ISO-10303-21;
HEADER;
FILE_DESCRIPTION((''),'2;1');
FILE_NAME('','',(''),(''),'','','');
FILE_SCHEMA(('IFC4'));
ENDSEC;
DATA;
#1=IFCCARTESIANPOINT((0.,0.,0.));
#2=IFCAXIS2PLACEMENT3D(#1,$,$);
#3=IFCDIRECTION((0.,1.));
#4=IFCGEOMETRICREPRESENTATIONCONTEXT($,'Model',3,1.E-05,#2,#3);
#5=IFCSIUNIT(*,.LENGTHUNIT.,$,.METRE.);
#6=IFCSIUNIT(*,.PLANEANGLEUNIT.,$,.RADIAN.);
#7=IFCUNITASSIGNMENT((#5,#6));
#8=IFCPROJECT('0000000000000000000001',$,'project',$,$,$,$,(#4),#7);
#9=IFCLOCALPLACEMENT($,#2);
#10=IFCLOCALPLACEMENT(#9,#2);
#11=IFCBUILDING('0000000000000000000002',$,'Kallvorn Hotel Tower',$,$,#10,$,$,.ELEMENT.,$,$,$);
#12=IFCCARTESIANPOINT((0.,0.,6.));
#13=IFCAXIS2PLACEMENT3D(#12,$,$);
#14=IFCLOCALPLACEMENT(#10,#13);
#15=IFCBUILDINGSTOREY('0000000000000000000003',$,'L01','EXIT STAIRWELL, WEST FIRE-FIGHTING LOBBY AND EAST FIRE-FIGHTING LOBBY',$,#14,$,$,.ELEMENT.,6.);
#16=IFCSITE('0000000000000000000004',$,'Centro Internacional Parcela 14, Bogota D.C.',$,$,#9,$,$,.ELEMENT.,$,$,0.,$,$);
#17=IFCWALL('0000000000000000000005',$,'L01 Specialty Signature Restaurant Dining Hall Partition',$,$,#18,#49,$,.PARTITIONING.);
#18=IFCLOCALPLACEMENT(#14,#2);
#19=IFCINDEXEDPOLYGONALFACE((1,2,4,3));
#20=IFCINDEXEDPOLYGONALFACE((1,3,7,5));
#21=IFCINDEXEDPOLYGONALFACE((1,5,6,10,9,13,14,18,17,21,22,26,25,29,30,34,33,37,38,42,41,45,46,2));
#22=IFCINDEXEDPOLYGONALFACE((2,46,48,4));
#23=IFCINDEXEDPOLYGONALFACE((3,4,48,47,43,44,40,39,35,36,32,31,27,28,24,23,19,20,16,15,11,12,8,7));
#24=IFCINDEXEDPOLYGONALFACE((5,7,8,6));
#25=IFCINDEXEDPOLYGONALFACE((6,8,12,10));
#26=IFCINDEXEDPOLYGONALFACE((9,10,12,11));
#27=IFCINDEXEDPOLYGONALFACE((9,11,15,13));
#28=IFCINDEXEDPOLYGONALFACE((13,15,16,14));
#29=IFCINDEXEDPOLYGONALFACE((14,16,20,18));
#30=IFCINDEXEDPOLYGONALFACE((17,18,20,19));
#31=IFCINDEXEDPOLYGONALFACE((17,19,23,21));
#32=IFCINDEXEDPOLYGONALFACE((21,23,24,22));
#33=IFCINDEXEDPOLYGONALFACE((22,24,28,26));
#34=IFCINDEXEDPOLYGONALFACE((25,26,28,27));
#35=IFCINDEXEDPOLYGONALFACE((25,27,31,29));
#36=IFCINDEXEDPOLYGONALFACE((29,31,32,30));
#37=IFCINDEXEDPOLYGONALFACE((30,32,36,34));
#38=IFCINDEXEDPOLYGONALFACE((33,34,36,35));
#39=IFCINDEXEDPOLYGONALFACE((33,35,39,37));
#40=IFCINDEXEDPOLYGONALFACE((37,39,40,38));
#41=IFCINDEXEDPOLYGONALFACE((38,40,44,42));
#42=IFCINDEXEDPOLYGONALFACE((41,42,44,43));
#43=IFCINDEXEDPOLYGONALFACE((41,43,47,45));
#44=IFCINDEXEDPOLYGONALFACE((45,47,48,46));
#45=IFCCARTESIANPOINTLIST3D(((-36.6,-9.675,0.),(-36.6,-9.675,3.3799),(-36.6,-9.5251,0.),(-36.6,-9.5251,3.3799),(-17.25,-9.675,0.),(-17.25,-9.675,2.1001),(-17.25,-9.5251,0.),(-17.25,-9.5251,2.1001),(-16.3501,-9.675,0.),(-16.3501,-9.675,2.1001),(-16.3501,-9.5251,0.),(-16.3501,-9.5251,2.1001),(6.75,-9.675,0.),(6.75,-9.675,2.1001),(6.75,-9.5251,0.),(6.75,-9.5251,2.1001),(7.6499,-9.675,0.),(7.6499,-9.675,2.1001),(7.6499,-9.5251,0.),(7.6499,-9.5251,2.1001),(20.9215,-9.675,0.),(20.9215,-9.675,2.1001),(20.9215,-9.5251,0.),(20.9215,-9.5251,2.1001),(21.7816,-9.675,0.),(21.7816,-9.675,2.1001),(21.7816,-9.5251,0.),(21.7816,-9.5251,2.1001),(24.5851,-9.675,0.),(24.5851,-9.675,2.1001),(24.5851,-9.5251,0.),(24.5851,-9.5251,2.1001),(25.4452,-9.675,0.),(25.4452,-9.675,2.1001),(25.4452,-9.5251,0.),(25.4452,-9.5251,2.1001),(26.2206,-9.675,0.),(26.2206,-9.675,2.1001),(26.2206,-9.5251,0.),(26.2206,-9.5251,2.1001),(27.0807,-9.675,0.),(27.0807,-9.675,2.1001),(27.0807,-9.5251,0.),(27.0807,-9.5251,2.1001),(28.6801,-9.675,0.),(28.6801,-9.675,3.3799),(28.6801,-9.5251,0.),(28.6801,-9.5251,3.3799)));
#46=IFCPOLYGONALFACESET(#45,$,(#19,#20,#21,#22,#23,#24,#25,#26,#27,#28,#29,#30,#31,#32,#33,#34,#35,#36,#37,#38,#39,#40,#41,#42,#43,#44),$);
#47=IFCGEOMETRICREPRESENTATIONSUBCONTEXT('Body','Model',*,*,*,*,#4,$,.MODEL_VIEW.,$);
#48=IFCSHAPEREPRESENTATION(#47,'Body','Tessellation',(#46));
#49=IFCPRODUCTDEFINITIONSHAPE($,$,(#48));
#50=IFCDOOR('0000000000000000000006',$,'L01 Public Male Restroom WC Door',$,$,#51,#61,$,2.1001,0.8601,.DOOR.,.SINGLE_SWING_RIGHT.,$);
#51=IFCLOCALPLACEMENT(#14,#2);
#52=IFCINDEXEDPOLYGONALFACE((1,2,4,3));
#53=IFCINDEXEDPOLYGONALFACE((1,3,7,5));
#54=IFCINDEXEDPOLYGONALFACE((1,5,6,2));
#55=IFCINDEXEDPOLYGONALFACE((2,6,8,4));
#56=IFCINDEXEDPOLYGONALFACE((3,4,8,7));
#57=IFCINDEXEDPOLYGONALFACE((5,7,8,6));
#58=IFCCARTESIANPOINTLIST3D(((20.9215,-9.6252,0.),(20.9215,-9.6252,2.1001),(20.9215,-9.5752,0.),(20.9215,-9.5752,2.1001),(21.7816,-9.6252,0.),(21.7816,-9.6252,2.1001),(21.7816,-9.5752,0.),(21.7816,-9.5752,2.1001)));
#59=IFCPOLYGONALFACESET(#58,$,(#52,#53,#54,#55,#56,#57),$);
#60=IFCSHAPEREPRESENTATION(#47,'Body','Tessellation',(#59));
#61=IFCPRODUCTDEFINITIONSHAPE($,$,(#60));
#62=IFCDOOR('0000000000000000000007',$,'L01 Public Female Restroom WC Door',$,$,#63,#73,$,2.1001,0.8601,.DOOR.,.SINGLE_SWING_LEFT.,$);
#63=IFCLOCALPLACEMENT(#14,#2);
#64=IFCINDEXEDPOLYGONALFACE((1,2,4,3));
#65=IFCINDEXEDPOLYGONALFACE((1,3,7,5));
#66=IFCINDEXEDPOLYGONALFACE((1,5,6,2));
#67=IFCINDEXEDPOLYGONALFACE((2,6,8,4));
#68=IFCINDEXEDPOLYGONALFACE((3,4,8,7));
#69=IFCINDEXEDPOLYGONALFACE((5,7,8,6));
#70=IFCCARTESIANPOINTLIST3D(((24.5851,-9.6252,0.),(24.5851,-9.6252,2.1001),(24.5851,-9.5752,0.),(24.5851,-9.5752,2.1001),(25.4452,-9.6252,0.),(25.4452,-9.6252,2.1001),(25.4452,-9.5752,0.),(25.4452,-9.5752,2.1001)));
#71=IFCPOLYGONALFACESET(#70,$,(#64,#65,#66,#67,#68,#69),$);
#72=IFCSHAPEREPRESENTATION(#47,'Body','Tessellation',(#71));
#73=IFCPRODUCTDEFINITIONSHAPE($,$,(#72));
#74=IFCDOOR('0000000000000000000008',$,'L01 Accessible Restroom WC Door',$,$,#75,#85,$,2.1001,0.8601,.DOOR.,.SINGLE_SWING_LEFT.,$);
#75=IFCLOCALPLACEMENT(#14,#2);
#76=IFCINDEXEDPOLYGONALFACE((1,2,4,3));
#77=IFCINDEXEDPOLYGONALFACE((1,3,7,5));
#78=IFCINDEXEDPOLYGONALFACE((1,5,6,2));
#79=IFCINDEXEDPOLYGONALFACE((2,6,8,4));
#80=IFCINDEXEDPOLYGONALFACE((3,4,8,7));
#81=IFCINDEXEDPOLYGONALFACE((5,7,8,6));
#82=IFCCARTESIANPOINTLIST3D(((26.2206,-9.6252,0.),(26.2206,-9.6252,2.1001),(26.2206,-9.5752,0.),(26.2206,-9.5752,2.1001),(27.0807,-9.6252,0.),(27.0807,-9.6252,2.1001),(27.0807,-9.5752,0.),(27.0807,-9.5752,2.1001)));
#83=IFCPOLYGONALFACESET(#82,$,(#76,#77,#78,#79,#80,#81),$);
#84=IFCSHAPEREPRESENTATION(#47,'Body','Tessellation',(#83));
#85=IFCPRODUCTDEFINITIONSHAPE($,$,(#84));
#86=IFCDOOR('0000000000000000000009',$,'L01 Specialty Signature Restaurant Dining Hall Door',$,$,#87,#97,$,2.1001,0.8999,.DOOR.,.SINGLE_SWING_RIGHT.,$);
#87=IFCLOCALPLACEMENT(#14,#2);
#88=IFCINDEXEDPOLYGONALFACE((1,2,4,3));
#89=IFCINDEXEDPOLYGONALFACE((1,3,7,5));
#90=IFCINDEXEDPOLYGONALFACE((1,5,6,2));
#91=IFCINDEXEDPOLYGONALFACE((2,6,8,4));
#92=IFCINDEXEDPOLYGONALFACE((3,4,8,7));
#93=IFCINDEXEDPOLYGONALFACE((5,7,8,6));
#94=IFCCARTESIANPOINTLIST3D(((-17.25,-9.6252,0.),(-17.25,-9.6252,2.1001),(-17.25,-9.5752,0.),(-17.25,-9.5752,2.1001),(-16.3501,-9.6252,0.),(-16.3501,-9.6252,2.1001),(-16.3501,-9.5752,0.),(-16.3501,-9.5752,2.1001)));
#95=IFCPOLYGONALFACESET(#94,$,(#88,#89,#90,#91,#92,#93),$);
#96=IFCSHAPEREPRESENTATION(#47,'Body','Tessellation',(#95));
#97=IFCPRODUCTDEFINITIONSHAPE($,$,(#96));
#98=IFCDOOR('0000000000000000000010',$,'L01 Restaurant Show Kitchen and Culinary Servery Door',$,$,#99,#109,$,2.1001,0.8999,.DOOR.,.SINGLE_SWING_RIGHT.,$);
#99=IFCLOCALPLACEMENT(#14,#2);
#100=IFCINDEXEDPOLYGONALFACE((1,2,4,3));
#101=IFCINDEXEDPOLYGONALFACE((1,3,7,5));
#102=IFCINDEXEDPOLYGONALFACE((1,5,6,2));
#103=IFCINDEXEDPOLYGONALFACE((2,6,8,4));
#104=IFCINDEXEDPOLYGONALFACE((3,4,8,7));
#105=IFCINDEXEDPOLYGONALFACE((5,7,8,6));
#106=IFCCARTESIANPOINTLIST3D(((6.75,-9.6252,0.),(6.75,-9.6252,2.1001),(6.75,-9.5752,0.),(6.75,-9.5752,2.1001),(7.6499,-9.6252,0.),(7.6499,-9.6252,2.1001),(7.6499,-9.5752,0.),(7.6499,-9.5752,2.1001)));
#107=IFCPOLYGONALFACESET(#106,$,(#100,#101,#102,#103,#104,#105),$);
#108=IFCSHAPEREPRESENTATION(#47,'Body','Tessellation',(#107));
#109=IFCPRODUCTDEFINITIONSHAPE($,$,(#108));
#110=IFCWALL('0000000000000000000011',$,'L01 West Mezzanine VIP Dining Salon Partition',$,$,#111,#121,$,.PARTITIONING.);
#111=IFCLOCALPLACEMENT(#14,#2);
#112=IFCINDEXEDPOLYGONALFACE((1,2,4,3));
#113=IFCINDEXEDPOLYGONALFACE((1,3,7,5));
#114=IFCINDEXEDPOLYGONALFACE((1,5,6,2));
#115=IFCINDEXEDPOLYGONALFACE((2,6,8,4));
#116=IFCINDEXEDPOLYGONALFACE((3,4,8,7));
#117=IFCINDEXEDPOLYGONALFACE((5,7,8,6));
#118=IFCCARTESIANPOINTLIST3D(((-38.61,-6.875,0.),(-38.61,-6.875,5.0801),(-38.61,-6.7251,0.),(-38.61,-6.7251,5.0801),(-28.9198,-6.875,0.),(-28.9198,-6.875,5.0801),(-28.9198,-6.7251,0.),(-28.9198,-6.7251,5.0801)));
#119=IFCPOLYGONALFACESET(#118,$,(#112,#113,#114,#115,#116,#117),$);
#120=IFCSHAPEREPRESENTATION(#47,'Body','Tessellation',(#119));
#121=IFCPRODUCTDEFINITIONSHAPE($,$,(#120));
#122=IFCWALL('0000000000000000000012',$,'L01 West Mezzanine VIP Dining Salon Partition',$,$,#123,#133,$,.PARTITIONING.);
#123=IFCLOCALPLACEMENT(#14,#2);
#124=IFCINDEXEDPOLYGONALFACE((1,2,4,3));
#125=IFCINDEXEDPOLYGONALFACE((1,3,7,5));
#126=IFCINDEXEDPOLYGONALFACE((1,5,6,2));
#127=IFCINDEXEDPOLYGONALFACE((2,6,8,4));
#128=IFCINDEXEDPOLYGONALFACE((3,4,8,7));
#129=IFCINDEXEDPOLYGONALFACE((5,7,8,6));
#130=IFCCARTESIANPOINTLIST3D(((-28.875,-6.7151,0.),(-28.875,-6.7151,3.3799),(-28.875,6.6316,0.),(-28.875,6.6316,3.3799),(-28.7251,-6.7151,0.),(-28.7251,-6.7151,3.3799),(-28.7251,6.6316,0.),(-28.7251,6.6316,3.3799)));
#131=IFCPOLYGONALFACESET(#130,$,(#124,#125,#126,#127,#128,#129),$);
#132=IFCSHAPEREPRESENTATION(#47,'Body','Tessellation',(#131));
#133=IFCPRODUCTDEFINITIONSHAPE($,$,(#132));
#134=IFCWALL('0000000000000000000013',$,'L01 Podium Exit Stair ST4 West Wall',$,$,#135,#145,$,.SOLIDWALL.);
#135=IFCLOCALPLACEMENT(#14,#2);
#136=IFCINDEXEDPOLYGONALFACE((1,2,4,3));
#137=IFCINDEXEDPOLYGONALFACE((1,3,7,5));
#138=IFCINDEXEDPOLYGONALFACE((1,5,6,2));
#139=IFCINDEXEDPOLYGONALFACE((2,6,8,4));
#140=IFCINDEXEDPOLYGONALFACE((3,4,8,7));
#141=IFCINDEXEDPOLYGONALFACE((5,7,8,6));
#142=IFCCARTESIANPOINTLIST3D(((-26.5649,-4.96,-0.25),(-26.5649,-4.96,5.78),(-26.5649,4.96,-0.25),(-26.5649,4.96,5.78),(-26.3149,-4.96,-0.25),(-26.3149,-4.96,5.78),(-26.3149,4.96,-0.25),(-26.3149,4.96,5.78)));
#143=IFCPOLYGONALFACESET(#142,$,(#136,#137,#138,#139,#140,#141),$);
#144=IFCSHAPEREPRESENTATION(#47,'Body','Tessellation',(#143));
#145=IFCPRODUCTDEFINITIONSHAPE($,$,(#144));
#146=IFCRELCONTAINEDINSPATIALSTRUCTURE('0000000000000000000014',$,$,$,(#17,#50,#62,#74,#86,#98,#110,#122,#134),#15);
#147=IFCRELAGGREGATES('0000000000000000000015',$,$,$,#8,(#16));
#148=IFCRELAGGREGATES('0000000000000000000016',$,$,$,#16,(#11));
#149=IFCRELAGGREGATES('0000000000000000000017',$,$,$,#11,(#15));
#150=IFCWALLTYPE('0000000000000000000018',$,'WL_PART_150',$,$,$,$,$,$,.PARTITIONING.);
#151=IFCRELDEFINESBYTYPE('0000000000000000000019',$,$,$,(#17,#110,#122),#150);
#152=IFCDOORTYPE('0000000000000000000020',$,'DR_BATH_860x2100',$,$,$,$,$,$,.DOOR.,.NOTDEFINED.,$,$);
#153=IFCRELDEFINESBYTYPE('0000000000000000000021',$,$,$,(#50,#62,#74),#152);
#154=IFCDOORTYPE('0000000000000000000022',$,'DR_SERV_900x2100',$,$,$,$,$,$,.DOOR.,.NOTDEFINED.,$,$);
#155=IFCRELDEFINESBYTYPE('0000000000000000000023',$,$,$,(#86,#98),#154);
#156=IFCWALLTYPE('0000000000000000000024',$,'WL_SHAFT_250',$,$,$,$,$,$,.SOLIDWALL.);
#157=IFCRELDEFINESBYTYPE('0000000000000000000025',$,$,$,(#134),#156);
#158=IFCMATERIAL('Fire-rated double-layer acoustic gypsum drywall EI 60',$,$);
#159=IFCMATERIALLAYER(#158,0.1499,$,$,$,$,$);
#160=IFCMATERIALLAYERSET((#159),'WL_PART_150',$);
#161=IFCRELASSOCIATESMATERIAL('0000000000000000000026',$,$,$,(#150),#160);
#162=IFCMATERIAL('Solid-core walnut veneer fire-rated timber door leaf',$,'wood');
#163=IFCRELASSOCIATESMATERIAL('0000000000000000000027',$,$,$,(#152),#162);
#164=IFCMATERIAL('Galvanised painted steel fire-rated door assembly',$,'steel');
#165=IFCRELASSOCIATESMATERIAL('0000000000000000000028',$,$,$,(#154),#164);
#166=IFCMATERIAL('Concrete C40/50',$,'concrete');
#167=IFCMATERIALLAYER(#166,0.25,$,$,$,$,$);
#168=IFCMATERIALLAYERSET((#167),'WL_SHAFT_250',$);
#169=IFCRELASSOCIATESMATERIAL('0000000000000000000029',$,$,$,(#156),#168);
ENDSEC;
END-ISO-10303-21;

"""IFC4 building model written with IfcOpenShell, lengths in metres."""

from ifc_helpers import new_model, si_unit, direction, frame, frame_2d, origin, place, context, subcontext, project, spatial, rectangle, extrude, material, layer, layer_set, type_object, element, fill, save


model = new_model("IFC4")

# Units and contexts
model_context = context("Model", 3, precision=1e-05, world=origin(), true_north=direction((0.0, 1.0)))
body_context = subcontext(model_context, "Body", "Model", "MODEL_VIEW")
ifc_project = project(units=[si_unit("LENGTHUNIT", "METRE"), si_unit("PLANEANGLEUNIT", "RADIAN")], contexts=[model_context])

# Site, building, storey
site_placement = place(None, origin())
site = spatial("IfcSite", under=ifc_project, at=site_placement, Name="Centro Internacional Parcela 14, Bogota D.C.", CompositionType="ELEMENT", RefElevation=0.0)
building_placement = place(site_placement, origin())
building = spatial("IfcBuilding", under=site, at=building_placement, Name="Kallvorn Hotel Tower", CompositionType="ELEMENT")
storey_placement = place(building_placement, frame((0.0, 0.0, 6.0)))
storey = spatial("IfcBuildingStorey", under=building, at=storey_placement, Name="L01", Description="EXIT STAIRWELL, WEST FIRE-FIGHTING LOBBY AND EAST FIRE-FIGHTING LOBBY", CompositionType="ELEMENT", Elevation=6.0)

# Wall, openings, doors
ifc_material_1 = material(Name="Fire-rated double-layer acoustic gypsum drywall EI 60")
ifc_layer_1 = layer(ifc_material_1, 0.1499)
ifc_layer_set_1 = layer_set([ifc_layer_1], Name="WL_PART_150")
wall_type_1 = type_object("IfcWallType", Name="WL_PART_150", PredefinedType="PARTITIONING", material=ifc_layer_set_1)
wall_1_placement = place(storey_placement, frame((-36.6001, -9.6001, 0.0), z_axis=(0.0, 0.0, 1.0), x_axis=(1.0, 0.0, 0.0)))
wall_1 = element("IfcWall", 1, at=wall_1_placement, inside=storey, type_object=wall_type_1, Name="L01 Specialty Signature Restaurant Dining Hall Partition", PredefinedType="PARTITIONING", context=body_context, shape_type="SweptSolid", body=[
    extrude(rectangle(XDim=65.28, YDim=0.1499, at=frame_2d((32.6401, 0.0))), origin(), (0.0, 0.0, 1.0), 3.3799),
])
opening_1_placement = place(wall_1_placement, frame((19.3501, 0.0, 0.0)))
opening_1 = element("IfcOpeningElement", 2, at=opening_1_placement, cuts=wall_1, PredefinedType="OPENING", context=body_context, shape_type="SweptSolid", body=[
    extrude(rectangle(XDim=0.8999, YDim=2.1001, at=frame_2d((0.45, 1.05))), frame((0.0, 0.0898, 0.0), z_axis=(0.0, -1.0, 0.0), x_axis=(1.0, 0.0, 0.0)), (0.0, 0.0, 1.0), 0.1799),
])
opening_2_placement = place(wall_1_placement, frame((43.3501, 0.0, 0.0)))
opening_2 = element("IfcOpeningElement", 3, at=opening_2_placement, cuts=wall_1, PredefinedType="OPENING", context=body_context, shape_type="SweptSolid", body=[
    extrude(rectangle(XDim=0.8999, YDim=2.1001, at=frame_2d((0.45, 1.05))), frame((0.0, 0.0898, 0.0), z_axis=(0.0, -1.0, 0.0), x_axis=(1.0, 0.0, 0.0)), (0.0, 0.0, 1.0), 0.1799),
])
opening_3_placement = place(wall_1_placement, frame((57.5215, 0.0, 0.0)))
opening_3 = element("IfcOpeningElement", 4, at=opening_3_placement, cuts=wall_1, PredefinedType="OPENING", context=body_context, shape_type="SweptSolid", body=[
    extrude(rectangle(XDim=0.8601, YDim=2.1001, at=frame_2d((0.4302, 1.05))), frame((0.0, 0.0898, 0.0), z_axis=(0.0, -1.0, 0.0), x_axis=(1.0, 0.0, 0.0)), (0.0, 0.0, 1.0), 0.1799),
])
opening_4_placement = place(wall_1_placement, frame((61.1851, 0.0, 0.0)))
opening_4 = element("IfcOpeningElement", 5, at=opening_4_placement, cuts=wall_1, PredefinedType="OPENING", context=body_context, shape_type="SweptSolid", body=[
    extrude(rectangle(XDim=0.8601, YDim=2.1001, at=frame_2d((0.4302, 1.05))), frame((0.0, 0.0898, 0.0), z_axis=(0.0, -1.0, 0.0), x_axis=(1.0, 0.0, 0.0)), (0.0, 0.0, 1.0), 0.1799),
])
opening_5_placement = place(wall_1_placement, frame((62.8206, 0.0, 0.0)))
opening_5 = element("IfcOpeningElement", 6, at=opening_5_placement, cuts=wall_1, PredefinedType="OPENING", context=body_context, shape_type="SweptSolid", body=[
    extrude(rectangle(XDim=0.8601, YDim=2.1001, at=frame_2d((0.4302, 1.05))), frame((0.0, 0.0898, 0.0), z_axis=(0.0, -1.0, 0.0), x_axis=(1.0, 0.0, 0.0)), (0.0, 0.0, 1.0), 0.1799),
])
ifc_material_2 = material(Name="Solid-core walnut veneer fire-rated timber door leaf", Category="wood")
door_type_1 = type_object("IfcDoorType", Name="DR_BATH_860x2100", OperationType="NOTDEFINED", PredefinedType="DOOR", material=ifc_material_2)
door_1_placement = place(opening_3_placement, origin())
door_1 = element("IfcDoor", 7, at=door_1_placement, inside=storey, type_object=door_type_1, Name="L01 Public Male Restroom WC Door", OperationType="SINGLE_SWING_RIGHT", OverallHeight=2.1001, OverallWidth=0.8601, PredefinedType="DOOR", context=body_context, shape_type="SweptSolid", body=[
    extrude(rectangle(XDim=0.8601, YDim=2.1001, at=frame_2d((0.4302, 1.05))), frame((0.0, 0.0249, 0.0), z_axis=(0.0, -1.0, 0.0), x_axis=(1.0, 0.0, 0.0)), (0.0, 0.0, 1.0), 0.05),
])
fill(opening_3, door_1)
door_2_placement = place(opening_4_placement, origin())
door_2 = element("IfcDoor", 8, at=door_2_placement, inside=storey, type_object=door_type_1, Name="L01 Public Female Restroom WC Door", OperationType="SINGLE_SWING_LEFT", OverallHeight=2.1001, OverallWidth=0.8601, PredefinedType="DOOR", context=body_context, shape_type="SweptSolid", body=[
    extrude(rectangle(XDim=0.8601, YDim=2.1001, at=frame_2d((0.4302, 1.05))), frame((0.0, 0.0249, 0.0), z_axis=(0.0, -1.0, 0.0), x_axis=(1.0, 0.0, 0.0)), (0.0, 0.0, 1.0), 0.05),
])
fill(opening_4, door_2)
door_3_placement = place(opening_5_placement, origin())
door_3 = element("IfcDoor", 9, at=door_3_placement, inside=storey, type_object=door_type_1, Name="L01 Accessible Restroom WC Door", OperationType="SINGLE_SWING_LEFT", OverallHeight=2.1001, OverallWidth=0.8601, PredefinedType="DOOR", context=body_context, shape_type="SweptSolid", body=[
    extrude(rectangle(XDim=0.8601, YDim=2.1001, at=frame_2d((0.4302, 1.05))), frame((0.0, 0.0249, 0.0), z_axis=(0.0, -1.0, 0.0), x_axis=(1.0, 0.0, 0.0)), (0.0, 0.0, 1.0), 0.05),
])
fill(opening_5, door_3)
ifc_material_3 = material(Name="Galvanised painted steel fire-rated door assembly", Category="steel")
door_type_2 = type_object("IfcDoorType", Name="DR_SERV_900x2100", OperationType="NOTDEFINED", PredefinedType="DOOR", material=ifc_material_3)
door_4_placement = place(opening_1_placement, origin())
door_4 = element("IfcDoor", 10, at=door_4_placement, inside=storey, type_object=door_type_2, Name="L01 Specialty Signature Restaurant Dining Hall Door", OperationType="SINGLE_SWING_RIGHT", OverallHeight=2.1001, OverallWidth=0.8999, PredefinedType="DOOR", context=body_context, shape_type="SweptSolid", body=[
    extrude(rectangle(XDim=0.8999, YDim=2.1001, at=frame_2d((0.45, 1.05))), frame((0.0, 0.0249, 0.0), z_axis=(0.0, -1.0, 0.0), x_axis=(1.0, 0.0, 0.0)), (0.0, 0.0, 1.0), 0.05),
])
fill(opening_1, door_4)
door_5_placement = place(opening_2_placement, origin())
door_5 = element("IfcDoor", 11, at=door_5_placement, inside=storey, type_object=door_type_2, Name="L01 Restaurant Show Kitchen and Culinary Servery Door", OperationType="SINGLE_SWING_RIGHT", OverallHeight=2.1001, OverallWidth=0.8999, PredefinedType="DOOR", context=body_context, shape_type="SweptSolid", body=[
    extrude(rectangle(XDim=0.8999, YDim=2.1001, at=frame_2d((0.45, 1.05))), frame((0.0, 0.0249, 0.0), z_axis=(0.0, -1.0, 0.0), x_axis=(1.0, 0.0, 0.0)), (0.0, 0.0, 1.0), 0.05),
])
fill(opening_2, door_5)

# Walls
wall_2_placement = place(storey_placement, frame((-38.6101, -6.8, 0.0), z_axis=(0.0, 0.0, 1.0), x_axis=(1.0, 0.0, 0.0)))
element("IfcWall", 12, at=wall_2_placement, inside=storey, type_object=wall_type_1, Name="L01 West Mezzanine VIP Dining Salon Partition", PredefinedType="PARTITIONING", context=body_context, shape_type="SweptSolid", body=[
    extrude(rectangle(XDim=9.6902, YDim=0.1499, at=frame_2d((4.8452, 0.0))), origin(), (0.0, 0.0, 1.0), 5.0801),
])
wall_3_placement = place(storey_placement, frame((-28.8, -6.7151, 0.0), z_axis=(0.0, 0.0, 1.0), x_axis=(0.0, 1.0, 0.0)))
element("IfcWall", 13, at=wall_3_placement, inside=storey, type_object=wall_type_1, Name="L01 West Mezzanine VIP Dining Salon Partition", PredefinedType="PARTITIONING", context=body_context, shape_type="SweptSolid", body=[
    extrude(rectangle(XDim=13.3467, YDim=0.1499, at=frame_2d((6.6733, 0.0))), origin(), (0.0, 0.0, 1.0), 3.3799),
])
ifc_material_4 = material(Name="Concrete C40/50", Category="concrete")
ifc_layer_2 = layer(ifc_material_4, 0.25)
ifc_layer_set_2 = layer_set([ifc_layer_2], Name="WL_SHAFT_250")
wall_type_2 = type_object("IfcWallType", Name="WL_SHAFT_250", PredefinedType="SOLIDWALL", material=ifc_layer_set_2)
wall_4_placement = place(storey_placement, frame((-26.4399, -4.96, -0.25), z_axis=(0.0, 0.0, 1.0), x_axis=(0.0, 1.0, 0.0)))
element("IfcWall", 14, at=wall_4_placement, inside=storey, type_object=wall_type_2, Name="L01 Podium Exit Stair ST4 West Wall", PredefinedType="SOLIDWALL", context=body_context, shape_type="SweptSolid", body=[
    extrude(rectangle(XDim=9.9199, YDim=0.25, at=frame_2d((4.96, 0.0))), origin(), (0.0, 0.0, 1.0), 6.03),
])

save(model, "model.ifc")
